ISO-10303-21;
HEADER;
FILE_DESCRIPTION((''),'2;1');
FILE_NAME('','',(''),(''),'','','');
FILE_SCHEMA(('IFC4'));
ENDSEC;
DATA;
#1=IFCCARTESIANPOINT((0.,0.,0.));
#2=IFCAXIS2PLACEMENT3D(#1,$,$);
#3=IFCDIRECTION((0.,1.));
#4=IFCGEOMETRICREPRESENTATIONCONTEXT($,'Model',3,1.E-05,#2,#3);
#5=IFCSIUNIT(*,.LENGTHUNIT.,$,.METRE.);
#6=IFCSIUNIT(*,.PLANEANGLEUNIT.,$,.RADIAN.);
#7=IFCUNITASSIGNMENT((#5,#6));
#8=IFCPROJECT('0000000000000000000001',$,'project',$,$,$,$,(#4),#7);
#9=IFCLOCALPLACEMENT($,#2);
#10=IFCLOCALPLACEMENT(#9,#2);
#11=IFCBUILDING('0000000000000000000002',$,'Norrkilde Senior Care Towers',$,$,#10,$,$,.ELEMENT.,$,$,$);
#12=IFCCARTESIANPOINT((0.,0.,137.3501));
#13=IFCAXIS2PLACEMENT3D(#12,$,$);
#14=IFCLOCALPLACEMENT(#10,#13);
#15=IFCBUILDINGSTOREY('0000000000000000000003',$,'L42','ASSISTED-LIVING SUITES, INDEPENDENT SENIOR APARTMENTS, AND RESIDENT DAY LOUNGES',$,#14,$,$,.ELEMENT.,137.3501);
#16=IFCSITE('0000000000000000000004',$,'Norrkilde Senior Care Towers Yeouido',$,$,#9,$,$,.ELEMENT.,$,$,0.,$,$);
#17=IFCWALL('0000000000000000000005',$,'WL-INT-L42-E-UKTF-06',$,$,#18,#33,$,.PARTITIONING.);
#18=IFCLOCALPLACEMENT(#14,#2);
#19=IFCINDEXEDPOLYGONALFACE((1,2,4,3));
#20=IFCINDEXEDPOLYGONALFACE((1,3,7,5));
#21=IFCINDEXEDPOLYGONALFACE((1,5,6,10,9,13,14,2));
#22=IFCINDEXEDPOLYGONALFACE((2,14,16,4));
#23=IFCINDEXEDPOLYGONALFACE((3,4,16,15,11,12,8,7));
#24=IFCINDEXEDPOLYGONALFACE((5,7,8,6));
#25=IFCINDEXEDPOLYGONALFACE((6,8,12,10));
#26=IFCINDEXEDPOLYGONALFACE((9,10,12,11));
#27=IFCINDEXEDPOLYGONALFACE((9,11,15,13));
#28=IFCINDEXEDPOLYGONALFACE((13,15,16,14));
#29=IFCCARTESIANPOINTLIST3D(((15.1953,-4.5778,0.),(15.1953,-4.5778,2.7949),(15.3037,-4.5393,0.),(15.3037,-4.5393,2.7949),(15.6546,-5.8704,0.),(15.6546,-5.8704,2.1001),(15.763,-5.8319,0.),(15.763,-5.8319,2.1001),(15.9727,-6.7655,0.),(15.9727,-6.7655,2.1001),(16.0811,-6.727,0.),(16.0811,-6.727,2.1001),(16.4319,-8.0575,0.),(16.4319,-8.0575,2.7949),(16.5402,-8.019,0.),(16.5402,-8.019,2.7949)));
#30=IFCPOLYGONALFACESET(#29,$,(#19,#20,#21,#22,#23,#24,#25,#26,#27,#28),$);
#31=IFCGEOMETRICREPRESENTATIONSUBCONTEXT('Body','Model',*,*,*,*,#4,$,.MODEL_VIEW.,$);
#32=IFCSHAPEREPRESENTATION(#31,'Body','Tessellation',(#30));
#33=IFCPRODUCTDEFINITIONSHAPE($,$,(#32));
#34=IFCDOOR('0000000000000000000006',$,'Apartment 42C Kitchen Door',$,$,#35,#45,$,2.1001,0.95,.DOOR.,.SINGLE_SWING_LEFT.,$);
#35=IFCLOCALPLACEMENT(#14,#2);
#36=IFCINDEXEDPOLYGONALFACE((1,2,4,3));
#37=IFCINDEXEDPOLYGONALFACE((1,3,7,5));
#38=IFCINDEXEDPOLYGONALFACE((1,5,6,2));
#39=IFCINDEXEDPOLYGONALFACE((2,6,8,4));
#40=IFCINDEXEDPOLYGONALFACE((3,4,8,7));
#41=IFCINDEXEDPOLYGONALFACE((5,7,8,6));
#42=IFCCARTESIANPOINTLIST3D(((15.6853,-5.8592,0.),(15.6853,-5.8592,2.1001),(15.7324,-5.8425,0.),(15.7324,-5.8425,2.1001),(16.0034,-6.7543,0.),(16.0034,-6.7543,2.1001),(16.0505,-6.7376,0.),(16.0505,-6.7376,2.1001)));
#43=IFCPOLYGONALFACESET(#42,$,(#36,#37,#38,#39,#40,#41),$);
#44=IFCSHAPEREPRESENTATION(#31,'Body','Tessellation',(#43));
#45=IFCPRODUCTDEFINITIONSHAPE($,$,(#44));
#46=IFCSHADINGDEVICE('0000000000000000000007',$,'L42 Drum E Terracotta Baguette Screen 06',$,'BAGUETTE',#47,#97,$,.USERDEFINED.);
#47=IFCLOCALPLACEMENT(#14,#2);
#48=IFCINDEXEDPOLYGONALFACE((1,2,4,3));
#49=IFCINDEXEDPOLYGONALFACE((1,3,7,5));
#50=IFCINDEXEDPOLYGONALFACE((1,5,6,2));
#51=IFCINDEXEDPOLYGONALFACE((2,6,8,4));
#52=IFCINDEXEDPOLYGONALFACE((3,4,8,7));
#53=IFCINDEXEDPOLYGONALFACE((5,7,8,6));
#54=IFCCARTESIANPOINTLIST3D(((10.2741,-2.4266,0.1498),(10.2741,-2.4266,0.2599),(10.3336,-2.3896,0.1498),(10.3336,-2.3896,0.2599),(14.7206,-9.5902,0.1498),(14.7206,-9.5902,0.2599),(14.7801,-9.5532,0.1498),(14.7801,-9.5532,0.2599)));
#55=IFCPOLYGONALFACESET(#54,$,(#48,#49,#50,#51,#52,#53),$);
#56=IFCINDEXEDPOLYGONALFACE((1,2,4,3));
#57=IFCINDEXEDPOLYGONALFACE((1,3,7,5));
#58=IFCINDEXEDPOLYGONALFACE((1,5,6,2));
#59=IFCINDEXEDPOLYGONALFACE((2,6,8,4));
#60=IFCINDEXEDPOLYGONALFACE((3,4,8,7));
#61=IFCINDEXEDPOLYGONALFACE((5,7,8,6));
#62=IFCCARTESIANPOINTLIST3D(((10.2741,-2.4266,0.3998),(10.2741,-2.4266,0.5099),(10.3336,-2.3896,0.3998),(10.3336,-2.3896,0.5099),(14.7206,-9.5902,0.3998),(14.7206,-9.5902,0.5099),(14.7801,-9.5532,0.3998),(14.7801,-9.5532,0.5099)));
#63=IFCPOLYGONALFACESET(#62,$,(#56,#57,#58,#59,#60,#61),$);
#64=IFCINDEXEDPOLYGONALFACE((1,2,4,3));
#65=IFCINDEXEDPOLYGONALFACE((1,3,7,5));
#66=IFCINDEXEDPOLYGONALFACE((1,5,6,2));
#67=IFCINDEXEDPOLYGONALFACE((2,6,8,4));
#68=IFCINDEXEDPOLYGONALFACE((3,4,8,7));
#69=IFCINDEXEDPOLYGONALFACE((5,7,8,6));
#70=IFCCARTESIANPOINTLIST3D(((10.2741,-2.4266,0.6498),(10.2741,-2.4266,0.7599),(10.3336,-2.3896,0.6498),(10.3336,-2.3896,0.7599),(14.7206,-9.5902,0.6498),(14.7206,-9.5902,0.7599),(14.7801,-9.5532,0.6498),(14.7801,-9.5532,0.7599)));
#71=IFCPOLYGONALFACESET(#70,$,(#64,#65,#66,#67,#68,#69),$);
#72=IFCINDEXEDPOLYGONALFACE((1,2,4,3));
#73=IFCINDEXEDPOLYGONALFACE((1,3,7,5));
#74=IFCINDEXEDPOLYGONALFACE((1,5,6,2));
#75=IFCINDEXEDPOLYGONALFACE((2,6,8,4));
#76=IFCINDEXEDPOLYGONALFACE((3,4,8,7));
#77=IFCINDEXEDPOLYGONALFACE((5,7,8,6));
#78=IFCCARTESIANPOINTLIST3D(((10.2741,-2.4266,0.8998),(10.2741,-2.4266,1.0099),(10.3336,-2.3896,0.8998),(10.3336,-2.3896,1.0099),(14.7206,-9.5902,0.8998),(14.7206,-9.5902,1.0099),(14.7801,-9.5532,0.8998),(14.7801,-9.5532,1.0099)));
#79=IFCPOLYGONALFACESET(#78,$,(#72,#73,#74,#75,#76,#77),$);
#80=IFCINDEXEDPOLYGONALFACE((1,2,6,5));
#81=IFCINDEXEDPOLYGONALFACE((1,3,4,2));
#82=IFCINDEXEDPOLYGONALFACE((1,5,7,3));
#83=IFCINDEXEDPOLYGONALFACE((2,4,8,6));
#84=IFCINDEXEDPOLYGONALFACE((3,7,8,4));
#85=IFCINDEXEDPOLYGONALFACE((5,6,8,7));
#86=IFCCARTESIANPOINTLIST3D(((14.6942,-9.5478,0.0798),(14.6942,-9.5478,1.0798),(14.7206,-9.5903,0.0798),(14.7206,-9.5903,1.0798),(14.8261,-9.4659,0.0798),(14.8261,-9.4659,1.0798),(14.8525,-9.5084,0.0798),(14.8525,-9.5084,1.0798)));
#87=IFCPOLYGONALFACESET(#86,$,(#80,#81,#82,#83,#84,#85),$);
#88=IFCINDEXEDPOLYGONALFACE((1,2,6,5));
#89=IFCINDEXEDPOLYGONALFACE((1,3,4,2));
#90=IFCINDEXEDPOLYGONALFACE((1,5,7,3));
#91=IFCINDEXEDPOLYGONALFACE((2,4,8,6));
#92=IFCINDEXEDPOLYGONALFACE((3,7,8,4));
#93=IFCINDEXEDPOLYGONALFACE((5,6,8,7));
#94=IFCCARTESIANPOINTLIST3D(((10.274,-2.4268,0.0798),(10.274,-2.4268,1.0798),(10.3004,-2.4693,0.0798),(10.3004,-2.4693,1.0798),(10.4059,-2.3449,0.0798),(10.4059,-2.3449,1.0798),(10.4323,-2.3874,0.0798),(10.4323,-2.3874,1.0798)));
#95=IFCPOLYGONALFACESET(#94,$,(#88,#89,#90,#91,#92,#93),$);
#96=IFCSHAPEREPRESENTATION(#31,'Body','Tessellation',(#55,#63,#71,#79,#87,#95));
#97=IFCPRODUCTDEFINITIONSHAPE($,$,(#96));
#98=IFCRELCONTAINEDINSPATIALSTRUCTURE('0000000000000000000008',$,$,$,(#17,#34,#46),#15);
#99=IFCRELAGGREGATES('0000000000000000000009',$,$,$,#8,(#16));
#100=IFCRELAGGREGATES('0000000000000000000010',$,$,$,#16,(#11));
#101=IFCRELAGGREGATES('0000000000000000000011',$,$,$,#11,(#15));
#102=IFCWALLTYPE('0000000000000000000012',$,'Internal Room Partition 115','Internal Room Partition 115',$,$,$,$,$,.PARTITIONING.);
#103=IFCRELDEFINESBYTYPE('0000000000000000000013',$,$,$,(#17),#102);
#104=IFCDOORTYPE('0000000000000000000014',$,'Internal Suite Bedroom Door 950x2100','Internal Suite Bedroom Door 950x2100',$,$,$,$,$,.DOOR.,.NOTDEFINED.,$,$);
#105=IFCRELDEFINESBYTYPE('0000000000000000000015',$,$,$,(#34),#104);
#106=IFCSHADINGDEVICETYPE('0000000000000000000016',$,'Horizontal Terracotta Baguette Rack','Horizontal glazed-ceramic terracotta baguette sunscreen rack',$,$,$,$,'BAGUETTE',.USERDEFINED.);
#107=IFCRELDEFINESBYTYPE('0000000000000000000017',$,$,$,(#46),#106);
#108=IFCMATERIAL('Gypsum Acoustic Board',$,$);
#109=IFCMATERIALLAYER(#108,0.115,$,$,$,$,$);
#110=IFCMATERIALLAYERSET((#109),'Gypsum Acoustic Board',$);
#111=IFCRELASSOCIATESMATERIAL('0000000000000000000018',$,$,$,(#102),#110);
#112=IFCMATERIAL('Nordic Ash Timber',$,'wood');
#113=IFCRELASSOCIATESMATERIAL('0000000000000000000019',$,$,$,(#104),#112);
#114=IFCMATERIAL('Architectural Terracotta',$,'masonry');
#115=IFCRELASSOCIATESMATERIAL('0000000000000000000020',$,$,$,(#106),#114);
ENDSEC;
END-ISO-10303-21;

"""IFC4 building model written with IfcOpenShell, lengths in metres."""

from ifc_helpers import new_model, si_unit, direction, frame, frame_2d, origin, origin_2d, place, context, subcontext, project, spatial, rectangle, extrude, source, transform, mapped, material, layer, layer_set, type_object, type_shapes, element, fill, save


model = new_model("IFC4")

# Units and contexts
model_context = context("Model", 3, precision=1e-05, world=origin(), true_north=direction((0.0, 1.0)))
body_context = subcontext(model_context, "Body", "Model", "MODEL_VIEW")
ifc_project = project(units=[si_unit("LENGTHUNIT", "METRE"), si_unit("PLANEANGLEUNIT", "RADIAN")], contexts=[model_context])

# Site, building, storey
site_placement = place(None, origin())
site = spatial("IfcSite", under=ifc_project, at=site_placement, Name="Norrkilde Senior Care Towers Yeouido", CompositionType="ELEMENT", RefElevation=0.0)
building_placement = place(site_placement, origin())
building = spatial("IfcBuilding", under=site, at=building_placement, Name="Norrkilde Senior Care Towers", CompositionType="ELEMENT")
storey_placement = place(building_placement, frame((0.0, 0.0, 137.3501)))
storey = spatial("IfcBuildingStorey", under=building, at=storey_placement, Name="L42", Description="ASSISTED-LIVING SUITES, INDEPENDENT SENIOR APARTMENTS, AND RESIDENT DAY LOUNGES", CompositionType="ELEMENT", Elevation=137.3501)

# Shared definitions
ifc_material_1 = material(Name="Gypsum Acoustic Board")
ifc_material_2 = material(Name="Nordic Ash Timber", Category="wood")

# Shared definitions
ifc_layer_1 = layer(ifc_material_1, 0.115)
ifc_layer_set_1 = layer_set([ifc_layer_1], Name="Gypsum Acoustic Board")
wall_type_1 = type_object("IfcWallType", Name="Internal Room Partition 115", Description="Internal Room Partition 115", PredefinedType="PARTITIONING", material=ifc_layer_set_1)
door_type_1 = type_object("IfcDoorType", Name="Internal Suite Bedroom Door 950x2100", Description="Internal Suite Bedroom Door 950x2100", OperationType="NOTDEFINED", PredefinedType="DOOR", material=ifc_material_2)
shared_shape_1 = source(origin(), body_context, "Body", "SweptSolid", [
    extrude(rectangle(XDim=0.95, YDim=2.1001, at=frame_2d((0.4751, 1.05))), frame((0.0, 0.0249, 0.0), z_axis=(0.0, -1.0, 0.0), x_axis=(1.0, 0.0, 0.0)), (0.0, 0.0, 1.0), 0.05),
])
type_shapes(door_type_1, [shared_shape_1])

# Wall, opening, door
shared_shape_2 = source(origin(), body_context, "Body", "SweptSolid", [
    extrude(rectangle(XDim=3.6929, YDim=0.115, at=frame_2d((1.8464, 0.0))), origin(), (0.0, 0.0, 1.0), 2.7949),
])
wall_1_placement = place(storey_placement, frame((15.2495, -4.5586, 0.0), z_axis=(0.0, 0.0, 1.0), x_axis=(0.334849, -0.942272, 0.0)))
wall_1 = element("IfcWall", 1, at=wall_1_placement, inside=storey, type_object=wall_type_1, Name="WL-INT-L42-E-UKTF-06", PredefinedType="PARTITIONING", context=body_context, shape_type="MappedRepresentation", body=[
    mapped(shared_shape_2, transform((0.0, 0.0, 0.0), x_axis=(1.0, 0.0, 0.0), y_axis=(0.0, 1.0, 0.0), z_axis=(0.0, 0.0, 1.0), scale=1.0)),
])
opening_1_placement = place(wall_1_placement, frame((1.3716, 0.0, 0.0)))
opening_1 = element("IfcOpeningElement", 2, at=opening_1_placement, cuts=wall_1, PredefinedType="OPENING", context=body_context, shape_type="SweptSolid", body=[
    extrude(rectangle(XDim=0.95, YDim=2.1001, at=frame_2d((0.4751, 1.05))), frame((0.0, 0.0674, 0.0), z_axis=(0.0, -1.0, 0.0), x_axis=(1.0, 0.0, 0.0)), (0.0, 0.0, 1.0), 0.135),
])
door_1_placement = place(opening_1_placement, frame((0.95, 0.0, 0.0), z_axis=(0.0, 0.0, 1.0), x_axis=(-1.0, 0.0, 0.0)))
door_1 = element("IfcDoor", 3, at=door_1_placement, inside=storey, type_object=door_type_1, Name="Apartment 42C Kitchen Door", OperationType="SINGLE_SWING_LEFT", OverallHeight=2.1001, OverallWidth=0.95, PredefinedType="DOOR", context=body_context, shape_type="MappedRepresentation", body=[
    mapped(shared_shape_1, transform((0.0, 0.0, 0.0), x_axis=(1.0, 0.0, 0.0), y_axis=(0.0, 1.0, 0.0), z_axis=(0.0, 0.0, 1.0), scale=1.0)),
])
fill(opening_1, door_1)

# Shading device
ifc_material_3 = material(Name="Architectural Terracotta", Category="masonry")
shading_device_type = type_object("IfcShadingDeviceType", Name="Horizontal Terracotta Baguette Rack", Description="Horizontal glazed-ceramic terracotta baguette sunscreen rack", ElementType="BAGUETTE", PredefinedType="USERDEFINED", material=ifc_material_3)
shared_shape_3 = source(origin(), body_context, "Body", "SweptSolid", [
    extrude(rectangle(XDim=0.0701, YDim=0.1101, at=origin_2d()), frame((0.0, 0.0901, 0.125), z_axis=(1.0, 0.0, 0.0), x_axis=(0.0, 1.0, 0.0)), (0.0, 0.0, 1.0), 8.4314),
    extrude(rectangle(XDim=0.0701, YDim=0.1101, at=origin_2d()), frame((0.0, 0.0901, 0.375), z_axis=(1.0, 0.0, 0.0), x_axis=(0.0, 1.0, 0.0)), (0.0, 0.0, 1.0), 8.4314),
    extrude(rectangle(XDim=0.0701, YDim=0.1101, at=origin_2d()), frame((0.0, 0.0901, 0.625), z_axis=(1.0, 0.0, 0.0), x_axis=(0.0, 1.0, 0.0)), (0.0, 0.0, 1.0), 8.4314),
    extrude(rectangle(XDim=0.0701, YDim=0.1101, at=origin_2d()), frame((0.0, 0.0901, 0.875), z_axis=(1.0, 0.0, 0.0), x_axis=(0.0, 1.0, 0.0)), (0.0, 0.0, 1.0), 8.4314),
    extrude(rectangle(XDim=0.05, YDim=0.1553, at=origin_2d()), frame((0.0249, 0.0476, 0.0)), (0.0, 0.0, 1.0), 1.0),
    extrude(rectangle(XDim=0.05, YDim=0.1553, at=origin_2d()), frame((8.4062, 0.0476, 0.0)), (0.0, 0.0, 1.0), 1.0),
])
type_shapes(shading_device_type, [shared_shape_3])
shading_device_placement = place(storey_placement, frame((14.8269, -9.5242, 0.0798), z_axis=(0.0, 0.0, 1.0), x_axis=(-0.527378, 0.849631, 0.0)))
element("IfcShadingDevice", 4, at=shading_device_placement, inside=storey, type_object=shading_device_type, Name="L42 Drum E Terracotta Baguette Screen 06", ObjectType="BAGUETTE", PredefinedType="USERDEFINED", context=body_context, shape_type="MappedRepresentation", body=[
    mapped(shared_shape_3, transform((0.0, 0.0, 0.0), x_axis=(1.0, 0.0, 0.0), y_axis=(0.0, 1.0, 0.0), z_axis=(0.0, 0.0, 1.0), scale=1.0)),
])

save(model, "model.ifc")
